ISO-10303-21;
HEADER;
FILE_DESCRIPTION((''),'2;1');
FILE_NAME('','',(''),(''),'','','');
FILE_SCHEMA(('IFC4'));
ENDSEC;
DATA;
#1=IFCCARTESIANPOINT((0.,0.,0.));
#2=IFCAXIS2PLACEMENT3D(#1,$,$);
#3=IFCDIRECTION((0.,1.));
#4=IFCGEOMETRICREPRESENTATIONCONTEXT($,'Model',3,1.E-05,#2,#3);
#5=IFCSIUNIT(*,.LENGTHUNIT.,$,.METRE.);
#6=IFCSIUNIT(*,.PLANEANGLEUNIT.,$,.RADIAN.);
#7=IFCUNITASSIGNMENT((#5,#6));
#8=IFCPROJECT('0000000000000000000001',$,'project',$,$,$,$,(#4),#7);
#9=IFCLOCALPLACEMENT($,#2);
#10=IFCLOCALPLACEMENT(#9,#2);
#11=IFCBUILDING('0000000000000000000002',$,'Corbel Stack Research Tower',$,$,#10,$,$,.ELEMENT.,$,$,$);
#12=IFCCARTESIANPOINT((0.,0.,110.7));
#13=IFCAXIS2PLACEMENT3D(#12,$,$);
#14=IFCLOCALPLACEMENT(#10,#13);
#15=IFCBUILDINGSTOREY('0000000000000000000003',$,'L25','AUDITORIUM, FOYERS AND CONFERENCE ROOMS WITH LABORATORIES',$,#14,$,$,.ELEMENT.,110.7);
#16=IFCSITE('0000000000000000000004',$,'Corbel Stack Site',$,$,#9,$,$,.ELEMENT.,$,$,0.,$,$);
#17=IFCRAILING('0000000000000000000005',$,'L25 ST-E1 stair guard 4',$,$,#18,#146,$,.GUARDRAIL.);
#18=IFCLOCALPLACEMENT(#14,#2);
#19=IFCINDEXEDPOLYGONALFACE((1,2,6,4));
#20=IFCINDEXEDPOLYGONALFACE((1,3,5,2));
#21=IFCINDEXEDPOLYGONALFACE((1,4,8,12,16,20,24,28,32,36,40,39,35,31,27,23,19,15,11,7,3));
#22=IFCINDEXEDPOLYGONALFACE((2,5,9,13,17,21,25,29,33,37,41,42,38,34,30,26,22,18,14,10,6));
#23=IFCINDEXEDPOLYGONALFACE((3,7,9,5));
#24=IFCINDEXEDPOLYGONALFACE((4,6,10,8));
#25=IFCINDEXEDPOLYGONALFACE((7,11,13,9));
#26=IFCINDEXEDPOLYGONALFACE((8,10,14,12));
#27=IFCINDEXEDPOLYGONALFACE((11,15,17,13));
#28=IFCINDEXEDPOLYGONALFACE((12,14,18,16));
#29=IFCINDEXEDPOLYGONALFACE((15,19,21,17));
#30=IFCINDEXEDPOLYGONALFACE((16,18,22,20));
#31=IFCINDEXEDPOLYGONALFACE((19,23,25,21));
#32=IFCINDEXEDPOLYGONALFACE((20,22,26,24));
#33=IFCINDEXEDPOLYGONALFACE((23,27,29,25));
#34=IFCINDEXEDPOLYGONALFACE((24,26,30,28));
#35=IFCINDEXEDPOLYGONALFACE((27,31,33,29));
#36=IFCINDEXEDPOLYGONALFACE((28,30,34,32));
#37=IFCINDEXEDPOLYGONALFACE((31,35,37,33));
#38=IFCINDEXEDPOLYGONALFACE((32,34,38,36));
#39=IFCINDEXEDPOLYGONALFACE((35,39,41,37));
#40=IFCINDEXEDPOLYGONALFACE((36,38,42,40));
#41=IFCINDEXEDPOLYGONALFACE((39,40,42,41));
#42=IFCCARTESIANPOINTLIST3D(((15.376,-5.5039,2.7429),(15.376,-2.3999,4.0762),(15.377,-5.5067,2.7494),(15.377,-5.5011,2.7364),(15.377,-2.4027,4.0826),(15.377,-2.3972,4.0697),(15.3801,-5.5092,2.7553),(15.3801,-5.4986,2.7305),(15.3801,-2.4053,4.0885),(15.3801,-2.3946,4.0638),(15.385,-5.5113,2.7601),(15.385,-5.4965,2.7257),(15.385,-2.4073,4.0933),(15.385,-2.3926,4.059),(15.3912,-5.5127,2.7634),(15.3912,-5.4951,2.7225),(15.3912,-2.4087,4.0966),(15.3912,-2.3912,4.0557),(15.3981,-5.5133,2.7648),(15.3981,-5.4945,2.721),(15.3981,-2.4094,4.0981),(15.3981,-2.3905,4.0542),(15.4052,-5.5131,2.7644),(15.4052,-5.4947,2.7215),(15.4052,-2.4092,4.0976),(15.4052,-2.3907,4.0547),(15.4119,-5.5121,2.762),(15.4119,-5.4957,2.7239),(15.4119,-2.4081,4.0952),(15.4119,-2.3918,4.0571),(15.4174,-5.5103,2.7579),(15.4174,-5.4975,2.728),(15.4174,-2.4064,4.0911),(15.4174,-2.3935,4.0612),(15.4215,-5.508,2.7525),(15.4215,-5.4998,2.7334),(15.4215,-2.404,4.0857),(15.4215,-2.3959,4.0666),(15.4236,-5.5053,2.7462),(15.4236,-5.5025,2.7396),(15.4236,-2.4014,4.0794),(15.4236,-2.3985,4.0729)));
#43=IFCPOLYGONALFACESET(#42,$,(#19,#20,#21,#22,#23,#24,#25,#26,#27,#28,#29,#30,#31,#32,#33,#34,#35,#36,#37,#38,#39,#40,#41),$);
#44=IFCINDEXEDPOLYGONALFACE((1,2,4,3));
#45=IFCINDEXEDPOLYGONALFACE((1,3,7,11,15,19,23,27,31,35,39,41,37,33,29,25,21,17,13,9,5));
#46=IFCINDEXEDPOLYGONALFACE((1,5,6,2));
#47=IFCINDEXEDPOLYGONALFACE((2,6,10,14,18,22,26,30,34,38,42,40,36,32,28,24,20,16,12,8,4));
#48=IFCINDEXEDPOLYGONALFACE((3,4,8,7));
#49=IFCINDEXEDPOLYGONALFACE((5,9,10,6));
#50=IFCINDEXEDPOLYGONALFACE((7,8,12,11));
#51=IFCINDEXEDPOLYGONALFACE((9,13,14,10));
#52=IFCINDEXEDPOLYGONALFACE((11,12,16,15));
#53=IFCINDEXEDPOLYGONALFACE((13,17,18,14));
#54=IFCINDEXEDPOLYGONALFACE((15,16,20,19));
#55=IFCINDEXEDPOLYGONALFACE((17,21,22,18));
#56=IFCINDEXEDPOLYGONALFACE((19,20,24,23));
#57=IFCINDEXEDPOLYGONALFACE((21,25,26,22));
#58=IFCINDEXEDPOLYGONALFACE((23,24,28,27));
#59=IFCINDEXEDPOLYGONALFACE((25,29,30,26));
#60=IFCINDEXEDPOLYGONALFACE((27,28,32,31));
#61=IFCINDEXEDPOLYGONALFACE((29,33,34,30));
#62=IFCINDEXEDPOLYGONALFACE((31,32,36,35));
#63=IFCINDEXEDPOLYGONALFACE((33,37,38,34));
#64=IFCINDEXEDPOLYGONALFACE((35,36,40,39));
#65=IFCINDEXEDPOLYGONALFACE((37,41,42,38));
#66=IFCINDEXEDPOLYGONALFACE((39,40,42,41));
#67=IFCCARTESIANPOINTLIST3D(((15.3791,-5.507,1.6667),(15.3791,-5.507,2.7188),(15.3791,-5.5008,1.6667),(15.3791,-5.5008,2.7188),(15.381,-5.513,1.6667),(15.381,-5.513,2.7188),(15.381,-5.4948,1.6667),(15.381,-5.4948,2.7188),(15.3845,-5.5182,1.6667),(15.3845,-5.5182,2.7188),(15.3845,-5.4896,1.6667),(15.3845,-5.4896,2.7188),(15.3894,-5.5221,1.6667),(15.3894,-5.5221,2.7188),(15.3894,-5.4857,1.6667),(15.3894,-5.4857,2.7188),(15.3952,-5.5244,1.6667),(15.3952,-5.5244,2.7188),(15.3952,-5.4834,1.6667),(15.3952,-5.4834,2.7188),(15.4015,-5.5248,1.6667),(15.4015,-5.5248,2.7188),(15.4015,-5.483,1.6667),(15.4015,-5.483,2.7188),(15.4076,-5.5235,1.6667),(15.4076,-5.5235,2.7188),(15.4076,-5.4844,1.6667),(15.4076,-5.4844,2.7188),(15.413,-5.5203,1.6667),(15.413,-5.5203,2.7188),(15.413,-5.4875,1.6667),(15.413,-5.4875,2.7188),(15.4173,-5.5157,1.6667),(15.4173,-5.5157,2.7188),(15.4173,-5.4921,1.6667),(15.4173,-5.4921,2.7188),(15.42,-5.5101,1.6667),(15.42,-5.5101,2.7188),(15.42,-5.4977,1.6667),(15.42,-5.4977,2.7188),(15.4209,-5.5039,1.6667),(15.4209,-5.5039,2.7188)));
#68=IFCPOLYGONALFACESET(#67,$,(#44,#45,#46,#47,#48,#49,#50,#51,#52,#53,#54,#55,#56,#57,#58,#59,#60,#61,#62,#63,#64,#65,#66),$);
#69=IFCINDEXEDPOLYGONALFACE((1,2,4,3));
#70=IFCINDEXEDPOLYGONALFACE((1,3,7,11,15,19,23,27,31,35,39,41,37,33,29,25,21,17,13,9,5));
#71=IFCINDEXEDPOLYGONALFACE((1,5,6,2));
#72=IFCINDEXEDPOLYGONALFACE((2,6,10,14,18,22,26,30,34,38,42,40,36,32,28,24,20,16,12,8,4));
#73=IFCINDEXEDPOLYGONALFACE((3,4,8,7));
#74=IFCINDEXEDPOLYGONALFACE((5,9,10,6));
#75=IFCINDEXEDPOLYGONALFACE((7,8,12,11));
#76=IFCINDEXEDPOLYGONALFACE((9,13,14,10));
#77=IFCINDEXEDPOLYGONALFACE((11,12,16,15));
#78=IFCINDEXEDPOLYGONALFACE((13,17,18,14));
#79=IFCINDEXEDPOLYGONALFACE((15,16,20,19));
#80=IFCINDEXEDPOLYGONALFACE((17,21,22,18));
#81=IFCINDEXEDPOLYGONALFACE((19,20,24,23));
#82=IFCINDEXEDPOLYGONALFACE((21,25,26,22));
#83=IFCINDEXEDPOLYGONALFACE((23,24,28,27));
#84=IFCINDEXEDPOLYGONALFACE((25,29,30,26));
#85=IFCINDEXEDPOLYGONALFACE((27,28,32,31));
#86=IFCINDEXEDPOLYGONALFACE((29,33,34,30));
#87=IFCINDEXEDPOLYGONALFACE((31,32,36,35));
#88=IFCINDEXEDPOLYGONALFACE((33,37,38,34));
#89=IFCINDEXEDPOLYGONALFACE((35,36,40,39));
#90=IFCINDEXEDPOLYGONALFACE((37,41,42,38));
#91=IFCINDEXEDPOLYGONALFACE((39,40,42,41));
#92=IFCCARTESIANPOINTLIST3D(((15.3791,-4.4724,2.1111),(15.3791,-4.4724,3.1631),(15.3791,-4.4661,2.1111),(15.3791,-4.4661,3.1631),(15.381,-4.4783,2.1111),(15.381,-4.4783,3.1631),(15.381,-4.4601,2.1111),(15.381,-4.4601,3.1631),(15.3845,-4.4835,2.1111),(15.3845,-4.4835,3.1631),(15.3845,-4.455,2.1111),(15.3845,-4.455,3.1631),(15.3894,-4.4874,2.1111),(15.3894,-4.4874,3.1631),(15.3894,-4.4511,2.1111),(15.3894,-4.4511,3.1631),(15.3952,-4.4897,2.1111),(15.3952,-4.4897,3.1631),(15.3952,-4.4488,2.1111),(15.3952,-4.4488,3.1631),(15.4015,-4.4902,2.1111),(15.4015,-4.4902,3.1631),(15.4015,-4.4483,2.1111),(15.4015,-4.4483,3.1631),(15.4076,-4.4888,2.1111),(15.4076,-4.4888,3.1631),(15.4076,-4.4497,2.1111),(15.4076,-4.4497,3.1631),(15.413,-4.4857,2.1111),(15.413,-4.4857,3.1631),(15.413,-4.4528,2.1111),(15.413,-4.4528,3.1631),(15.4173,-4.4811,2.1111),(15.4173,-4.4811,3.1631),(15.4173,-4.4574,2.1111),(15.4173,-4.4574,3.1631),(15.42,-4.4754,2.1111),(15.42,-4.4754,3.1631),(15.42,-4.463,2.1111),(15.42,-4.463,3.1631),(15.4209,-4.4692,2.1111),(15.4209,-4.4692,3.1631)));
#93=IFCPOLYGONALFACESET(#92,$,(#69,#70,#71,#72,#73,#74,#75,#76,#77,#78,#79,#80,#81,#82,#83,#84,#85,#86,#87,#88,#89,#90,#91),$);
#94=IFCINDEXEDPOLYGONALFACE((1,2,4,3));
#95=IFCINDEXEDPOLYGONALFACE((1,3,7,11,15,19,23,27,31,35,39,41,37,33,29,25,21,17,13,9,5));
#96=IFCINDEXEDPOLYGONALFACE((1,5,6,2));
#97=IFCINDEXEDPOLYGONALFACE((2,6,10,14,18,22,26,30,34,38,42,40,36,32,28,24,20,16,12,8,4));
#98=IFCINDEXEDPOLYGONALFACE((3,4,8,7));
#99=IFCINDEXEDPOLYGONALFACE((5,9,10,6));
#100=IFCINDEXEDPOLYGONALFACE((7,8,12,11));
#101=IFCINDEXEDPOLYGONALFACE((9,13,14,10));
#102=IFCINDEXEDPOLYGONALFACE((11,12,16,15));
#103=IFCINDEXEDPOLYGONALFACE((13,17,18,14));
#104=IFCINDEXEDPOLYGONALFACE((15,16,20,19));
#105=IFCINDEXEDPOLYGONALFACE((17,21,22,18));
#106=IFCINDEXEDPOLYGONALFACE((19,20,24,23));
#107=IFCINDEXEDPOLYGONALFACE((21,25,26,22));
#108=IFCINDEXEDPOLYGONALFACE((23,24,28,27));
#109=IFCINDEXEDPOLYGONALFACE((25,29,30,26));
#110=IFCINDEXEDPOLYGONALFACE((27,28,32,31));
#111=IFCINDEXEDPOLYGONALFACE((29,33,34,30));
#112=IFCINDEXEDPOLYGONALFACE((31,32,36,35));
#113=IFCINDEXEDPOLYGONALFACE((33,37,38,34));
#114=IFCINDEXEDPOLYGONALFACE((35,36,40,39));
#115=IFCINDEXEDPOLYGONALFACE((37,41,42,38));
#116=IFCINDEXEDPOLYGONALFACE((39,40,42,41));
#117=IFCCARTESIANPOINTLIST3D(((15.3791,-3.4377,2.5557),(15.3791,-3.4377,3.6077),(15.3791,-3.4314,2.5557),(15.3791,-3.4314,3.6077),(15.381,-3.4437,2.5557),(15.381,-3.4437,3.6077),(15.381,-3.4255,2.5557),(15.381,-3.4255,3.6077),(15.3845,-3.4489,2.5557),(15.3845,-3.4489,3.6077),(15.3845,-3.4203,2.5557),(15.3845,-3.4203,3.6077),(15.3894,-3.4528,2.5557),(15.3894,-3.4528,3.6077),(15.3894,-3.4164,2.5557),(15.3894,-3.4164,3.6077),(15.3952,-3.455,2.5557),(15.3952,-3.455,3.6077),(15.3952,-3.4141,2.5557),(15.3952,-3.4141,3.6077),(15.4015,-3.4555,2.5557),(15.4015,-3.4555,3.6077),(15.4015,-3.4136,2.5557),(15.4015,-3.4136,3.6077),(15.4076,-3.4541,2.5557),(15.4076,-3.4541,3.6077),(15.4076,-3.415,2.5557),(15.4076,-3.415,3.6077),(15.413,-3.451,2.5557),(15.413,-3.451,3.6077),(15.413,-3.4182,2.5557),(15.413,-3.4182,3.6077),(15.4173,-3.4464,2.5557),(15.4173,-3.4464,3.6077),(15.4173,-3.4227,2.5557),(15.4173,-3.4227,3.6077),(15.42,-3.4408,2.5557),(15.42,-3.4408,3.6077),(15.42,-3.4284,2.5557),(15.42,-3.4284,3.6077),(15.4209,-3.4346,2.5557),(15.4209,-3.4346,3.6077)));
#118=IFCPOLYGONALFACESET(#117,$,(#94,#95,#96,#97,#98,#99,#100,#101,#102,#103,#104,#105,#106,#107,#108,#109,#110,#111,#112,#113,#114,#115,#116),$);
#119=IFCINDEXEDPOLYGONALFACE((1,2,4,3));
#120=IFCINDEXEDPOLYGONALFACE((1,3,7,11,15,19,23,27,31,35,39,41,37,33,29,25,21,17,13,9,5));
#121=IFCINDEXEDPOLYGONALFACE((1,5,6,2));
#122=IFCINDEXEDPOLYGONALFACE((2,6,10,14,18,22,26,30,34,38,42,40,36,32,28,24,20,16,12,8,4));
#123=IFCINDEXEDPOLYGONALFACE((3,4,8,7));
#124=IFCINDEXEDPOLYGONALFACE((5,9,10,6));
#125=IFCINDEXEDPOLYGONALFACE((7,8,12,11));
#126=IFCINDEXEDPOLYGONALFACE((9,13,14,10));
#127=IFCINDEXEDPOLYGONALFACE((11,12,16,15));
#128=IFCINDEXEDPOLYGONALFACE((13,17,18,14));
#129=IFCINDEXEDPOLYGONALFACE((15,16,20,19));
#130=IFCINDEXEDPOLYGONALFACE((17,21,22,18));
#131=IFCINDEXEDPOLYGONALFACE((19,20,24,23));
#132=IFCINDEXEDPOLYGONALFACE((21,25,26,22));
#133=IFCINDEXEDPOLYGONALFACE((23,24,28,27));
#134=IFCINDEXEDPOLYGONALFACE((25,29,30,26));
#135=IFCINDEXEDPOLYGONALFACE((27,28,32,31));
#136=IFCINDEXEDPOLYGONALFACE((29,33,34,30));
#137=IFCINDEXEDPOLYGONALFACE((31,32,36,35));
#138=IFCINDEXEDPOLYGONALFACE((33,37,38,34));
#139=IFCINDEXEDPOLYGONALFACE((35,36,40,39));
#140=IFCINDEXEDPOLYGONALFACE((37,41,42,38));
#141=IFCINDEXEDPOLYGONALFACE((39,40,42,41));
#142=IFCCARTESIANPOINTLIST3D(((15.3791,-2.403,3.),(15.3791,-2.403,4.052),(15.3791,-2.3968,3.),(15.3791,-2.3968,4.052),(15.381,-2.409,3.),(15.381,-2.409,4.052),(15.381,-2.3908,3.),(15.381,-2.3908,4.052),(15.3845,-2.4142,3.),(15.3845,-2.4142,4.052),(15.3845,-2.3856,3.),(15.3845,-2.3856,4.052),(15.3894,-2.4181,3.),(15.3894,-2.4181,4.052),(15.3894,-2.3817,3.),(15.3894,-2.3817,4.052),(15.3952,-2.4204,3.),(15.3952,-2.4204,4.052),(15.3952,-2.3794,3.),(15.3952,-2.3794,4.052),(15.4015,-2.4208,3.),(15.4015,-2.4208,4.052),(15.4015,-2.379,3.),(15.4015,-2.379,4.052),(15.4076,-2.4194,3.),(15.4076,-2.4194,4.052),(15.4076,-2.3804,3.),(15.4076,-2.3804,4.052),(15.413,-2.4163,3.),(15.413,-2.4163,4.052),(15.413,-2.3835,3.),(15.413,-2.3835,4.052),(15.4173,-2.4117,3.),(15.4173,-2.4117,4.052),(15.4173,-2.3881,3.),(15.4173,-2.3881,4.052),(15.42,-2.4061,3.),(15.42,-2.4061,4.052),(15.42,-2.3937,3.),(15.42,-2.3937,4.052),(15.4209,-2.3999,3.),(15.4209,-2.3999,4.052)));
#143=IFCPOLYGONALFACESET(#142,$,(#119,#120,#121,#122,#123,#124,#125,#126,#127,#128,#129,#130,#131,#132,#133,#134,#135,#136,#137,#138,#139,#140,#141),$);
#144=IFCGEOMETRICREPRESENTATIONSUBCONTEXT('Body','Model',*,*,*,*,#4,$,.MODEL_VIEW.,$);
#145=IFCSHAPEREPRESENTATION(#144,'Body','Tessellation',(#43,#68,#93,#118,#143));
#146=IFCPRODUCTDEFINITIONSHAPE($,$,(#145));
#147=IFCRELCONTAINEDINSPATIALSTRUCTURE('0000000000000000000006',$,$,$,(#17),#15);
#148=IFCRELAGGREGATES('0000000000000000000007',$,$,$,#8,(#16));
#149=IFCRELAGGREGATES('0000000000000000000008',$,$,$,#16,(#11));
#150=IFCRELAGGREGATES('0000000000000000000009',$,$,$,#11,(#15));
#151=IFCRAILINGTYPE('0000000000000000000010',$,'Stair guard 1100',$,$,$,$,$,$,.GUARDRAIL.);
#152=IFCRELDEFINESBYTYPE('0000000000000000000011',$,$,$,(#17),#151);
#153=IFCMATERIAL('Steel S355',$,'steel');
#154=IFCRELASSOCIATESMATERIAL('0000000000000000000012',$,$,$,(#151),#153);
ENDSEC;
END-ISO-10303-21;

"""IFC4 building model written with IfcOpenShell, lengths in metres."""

from ifc_helpers import new_model, si_unit, direction, frame, origin, origin_2d, place, context, subcontext, project, spatial, circle, extrude, material, type_object, element, save


model = new_model("IFC4")

# Units and contexts
model_context = context("Model", 3, precision=1e-05, world=origin(), true_north=direction((0.0, 1.0)))
body_context = subcontext(model_context, "Body", "Model", "MODEL_VIEW")
ifc_project = project(units=[si_unit("LENGTHUNIT", "METRE"), si_unit("PLANEANGLEUNIT", "RADIAN")], contexts=[model_context])

# Site, building, storey
site_placement = place(None, origin())
site = spatial("IfcSite", under=ifc_project, at=site_placement, Name="Corbel Stack Site", CompositionType="ELEMENT", RefElevation=0.0)
building_placement = place(site_placement, origin())
building = spatial("IfcBuilding", under=site, at=building_placement, Name="Corbel Stack Research Tower", CompositionType="ELEMENT")
storey_placement = place(building_placement, frame((0.0, 0.0, 110.7)))
storey = spatial("IfcBuildingStorey", under=building, at=storey_placement, Name="L25", Description="AUDITORIUM, FOYERS AND CONFERENCE ROOMS WITH LABORATORIES", CompositionType="ELEMENT", Elevation=110.7)

# Railing
ifc_material_1 = material(Name="Steel S355", Category="steel")
railing_type_1 = type_object("IfcRailingType", Name="Stair guard 1100", PredefinedType="GUARDRAIL", material=ifc_material_1)
railing_1_placement = place(storey_placement, frame((15.3999, -5.5039, 1.6667)))
element("IfcRailing", 1, at=railing_1_placement, inside=storey, type_object=railing_type_1, Name="L25 ST-E1 stair guard 4", PredefinedType="GUARDRAIL", context=body_context, shape_type="SweptSolid", body=[
    extrude(circle(Radius=0.0239, at=origin_2d()), frame((0.0, 0.0, 1.0762), z_axis=(0.0, 0.918827, 0.394661), x_axis=(-1.0, 0.0, 0.0)), (0.0, 0.0, 1.0), 3.3782),
    extrude(circle(Radius=0.021, at=origin_2d()), origin(), (0.0, 0.0, 1.0), 1.052),
    extrude(circle(Radius=0.021, at=origin_2d()), frame((0.0, 1.0347, 0.4443)), (0.0, 0.0, 1.0), 1.052),
    extrude(circle(Radius=0.021, at=origin_2d()), frame((0.0, 2.0693, 0.8889)), (0.0, 0.0, 1.0), 1.052),
    extrude(circle(Radius=0.021, at=origin_2d()), frame((0.0, 3.104, 1.3333)), (0.0, 0.0, 1.0), 1.052),
])

save(model, "model.ifc")
